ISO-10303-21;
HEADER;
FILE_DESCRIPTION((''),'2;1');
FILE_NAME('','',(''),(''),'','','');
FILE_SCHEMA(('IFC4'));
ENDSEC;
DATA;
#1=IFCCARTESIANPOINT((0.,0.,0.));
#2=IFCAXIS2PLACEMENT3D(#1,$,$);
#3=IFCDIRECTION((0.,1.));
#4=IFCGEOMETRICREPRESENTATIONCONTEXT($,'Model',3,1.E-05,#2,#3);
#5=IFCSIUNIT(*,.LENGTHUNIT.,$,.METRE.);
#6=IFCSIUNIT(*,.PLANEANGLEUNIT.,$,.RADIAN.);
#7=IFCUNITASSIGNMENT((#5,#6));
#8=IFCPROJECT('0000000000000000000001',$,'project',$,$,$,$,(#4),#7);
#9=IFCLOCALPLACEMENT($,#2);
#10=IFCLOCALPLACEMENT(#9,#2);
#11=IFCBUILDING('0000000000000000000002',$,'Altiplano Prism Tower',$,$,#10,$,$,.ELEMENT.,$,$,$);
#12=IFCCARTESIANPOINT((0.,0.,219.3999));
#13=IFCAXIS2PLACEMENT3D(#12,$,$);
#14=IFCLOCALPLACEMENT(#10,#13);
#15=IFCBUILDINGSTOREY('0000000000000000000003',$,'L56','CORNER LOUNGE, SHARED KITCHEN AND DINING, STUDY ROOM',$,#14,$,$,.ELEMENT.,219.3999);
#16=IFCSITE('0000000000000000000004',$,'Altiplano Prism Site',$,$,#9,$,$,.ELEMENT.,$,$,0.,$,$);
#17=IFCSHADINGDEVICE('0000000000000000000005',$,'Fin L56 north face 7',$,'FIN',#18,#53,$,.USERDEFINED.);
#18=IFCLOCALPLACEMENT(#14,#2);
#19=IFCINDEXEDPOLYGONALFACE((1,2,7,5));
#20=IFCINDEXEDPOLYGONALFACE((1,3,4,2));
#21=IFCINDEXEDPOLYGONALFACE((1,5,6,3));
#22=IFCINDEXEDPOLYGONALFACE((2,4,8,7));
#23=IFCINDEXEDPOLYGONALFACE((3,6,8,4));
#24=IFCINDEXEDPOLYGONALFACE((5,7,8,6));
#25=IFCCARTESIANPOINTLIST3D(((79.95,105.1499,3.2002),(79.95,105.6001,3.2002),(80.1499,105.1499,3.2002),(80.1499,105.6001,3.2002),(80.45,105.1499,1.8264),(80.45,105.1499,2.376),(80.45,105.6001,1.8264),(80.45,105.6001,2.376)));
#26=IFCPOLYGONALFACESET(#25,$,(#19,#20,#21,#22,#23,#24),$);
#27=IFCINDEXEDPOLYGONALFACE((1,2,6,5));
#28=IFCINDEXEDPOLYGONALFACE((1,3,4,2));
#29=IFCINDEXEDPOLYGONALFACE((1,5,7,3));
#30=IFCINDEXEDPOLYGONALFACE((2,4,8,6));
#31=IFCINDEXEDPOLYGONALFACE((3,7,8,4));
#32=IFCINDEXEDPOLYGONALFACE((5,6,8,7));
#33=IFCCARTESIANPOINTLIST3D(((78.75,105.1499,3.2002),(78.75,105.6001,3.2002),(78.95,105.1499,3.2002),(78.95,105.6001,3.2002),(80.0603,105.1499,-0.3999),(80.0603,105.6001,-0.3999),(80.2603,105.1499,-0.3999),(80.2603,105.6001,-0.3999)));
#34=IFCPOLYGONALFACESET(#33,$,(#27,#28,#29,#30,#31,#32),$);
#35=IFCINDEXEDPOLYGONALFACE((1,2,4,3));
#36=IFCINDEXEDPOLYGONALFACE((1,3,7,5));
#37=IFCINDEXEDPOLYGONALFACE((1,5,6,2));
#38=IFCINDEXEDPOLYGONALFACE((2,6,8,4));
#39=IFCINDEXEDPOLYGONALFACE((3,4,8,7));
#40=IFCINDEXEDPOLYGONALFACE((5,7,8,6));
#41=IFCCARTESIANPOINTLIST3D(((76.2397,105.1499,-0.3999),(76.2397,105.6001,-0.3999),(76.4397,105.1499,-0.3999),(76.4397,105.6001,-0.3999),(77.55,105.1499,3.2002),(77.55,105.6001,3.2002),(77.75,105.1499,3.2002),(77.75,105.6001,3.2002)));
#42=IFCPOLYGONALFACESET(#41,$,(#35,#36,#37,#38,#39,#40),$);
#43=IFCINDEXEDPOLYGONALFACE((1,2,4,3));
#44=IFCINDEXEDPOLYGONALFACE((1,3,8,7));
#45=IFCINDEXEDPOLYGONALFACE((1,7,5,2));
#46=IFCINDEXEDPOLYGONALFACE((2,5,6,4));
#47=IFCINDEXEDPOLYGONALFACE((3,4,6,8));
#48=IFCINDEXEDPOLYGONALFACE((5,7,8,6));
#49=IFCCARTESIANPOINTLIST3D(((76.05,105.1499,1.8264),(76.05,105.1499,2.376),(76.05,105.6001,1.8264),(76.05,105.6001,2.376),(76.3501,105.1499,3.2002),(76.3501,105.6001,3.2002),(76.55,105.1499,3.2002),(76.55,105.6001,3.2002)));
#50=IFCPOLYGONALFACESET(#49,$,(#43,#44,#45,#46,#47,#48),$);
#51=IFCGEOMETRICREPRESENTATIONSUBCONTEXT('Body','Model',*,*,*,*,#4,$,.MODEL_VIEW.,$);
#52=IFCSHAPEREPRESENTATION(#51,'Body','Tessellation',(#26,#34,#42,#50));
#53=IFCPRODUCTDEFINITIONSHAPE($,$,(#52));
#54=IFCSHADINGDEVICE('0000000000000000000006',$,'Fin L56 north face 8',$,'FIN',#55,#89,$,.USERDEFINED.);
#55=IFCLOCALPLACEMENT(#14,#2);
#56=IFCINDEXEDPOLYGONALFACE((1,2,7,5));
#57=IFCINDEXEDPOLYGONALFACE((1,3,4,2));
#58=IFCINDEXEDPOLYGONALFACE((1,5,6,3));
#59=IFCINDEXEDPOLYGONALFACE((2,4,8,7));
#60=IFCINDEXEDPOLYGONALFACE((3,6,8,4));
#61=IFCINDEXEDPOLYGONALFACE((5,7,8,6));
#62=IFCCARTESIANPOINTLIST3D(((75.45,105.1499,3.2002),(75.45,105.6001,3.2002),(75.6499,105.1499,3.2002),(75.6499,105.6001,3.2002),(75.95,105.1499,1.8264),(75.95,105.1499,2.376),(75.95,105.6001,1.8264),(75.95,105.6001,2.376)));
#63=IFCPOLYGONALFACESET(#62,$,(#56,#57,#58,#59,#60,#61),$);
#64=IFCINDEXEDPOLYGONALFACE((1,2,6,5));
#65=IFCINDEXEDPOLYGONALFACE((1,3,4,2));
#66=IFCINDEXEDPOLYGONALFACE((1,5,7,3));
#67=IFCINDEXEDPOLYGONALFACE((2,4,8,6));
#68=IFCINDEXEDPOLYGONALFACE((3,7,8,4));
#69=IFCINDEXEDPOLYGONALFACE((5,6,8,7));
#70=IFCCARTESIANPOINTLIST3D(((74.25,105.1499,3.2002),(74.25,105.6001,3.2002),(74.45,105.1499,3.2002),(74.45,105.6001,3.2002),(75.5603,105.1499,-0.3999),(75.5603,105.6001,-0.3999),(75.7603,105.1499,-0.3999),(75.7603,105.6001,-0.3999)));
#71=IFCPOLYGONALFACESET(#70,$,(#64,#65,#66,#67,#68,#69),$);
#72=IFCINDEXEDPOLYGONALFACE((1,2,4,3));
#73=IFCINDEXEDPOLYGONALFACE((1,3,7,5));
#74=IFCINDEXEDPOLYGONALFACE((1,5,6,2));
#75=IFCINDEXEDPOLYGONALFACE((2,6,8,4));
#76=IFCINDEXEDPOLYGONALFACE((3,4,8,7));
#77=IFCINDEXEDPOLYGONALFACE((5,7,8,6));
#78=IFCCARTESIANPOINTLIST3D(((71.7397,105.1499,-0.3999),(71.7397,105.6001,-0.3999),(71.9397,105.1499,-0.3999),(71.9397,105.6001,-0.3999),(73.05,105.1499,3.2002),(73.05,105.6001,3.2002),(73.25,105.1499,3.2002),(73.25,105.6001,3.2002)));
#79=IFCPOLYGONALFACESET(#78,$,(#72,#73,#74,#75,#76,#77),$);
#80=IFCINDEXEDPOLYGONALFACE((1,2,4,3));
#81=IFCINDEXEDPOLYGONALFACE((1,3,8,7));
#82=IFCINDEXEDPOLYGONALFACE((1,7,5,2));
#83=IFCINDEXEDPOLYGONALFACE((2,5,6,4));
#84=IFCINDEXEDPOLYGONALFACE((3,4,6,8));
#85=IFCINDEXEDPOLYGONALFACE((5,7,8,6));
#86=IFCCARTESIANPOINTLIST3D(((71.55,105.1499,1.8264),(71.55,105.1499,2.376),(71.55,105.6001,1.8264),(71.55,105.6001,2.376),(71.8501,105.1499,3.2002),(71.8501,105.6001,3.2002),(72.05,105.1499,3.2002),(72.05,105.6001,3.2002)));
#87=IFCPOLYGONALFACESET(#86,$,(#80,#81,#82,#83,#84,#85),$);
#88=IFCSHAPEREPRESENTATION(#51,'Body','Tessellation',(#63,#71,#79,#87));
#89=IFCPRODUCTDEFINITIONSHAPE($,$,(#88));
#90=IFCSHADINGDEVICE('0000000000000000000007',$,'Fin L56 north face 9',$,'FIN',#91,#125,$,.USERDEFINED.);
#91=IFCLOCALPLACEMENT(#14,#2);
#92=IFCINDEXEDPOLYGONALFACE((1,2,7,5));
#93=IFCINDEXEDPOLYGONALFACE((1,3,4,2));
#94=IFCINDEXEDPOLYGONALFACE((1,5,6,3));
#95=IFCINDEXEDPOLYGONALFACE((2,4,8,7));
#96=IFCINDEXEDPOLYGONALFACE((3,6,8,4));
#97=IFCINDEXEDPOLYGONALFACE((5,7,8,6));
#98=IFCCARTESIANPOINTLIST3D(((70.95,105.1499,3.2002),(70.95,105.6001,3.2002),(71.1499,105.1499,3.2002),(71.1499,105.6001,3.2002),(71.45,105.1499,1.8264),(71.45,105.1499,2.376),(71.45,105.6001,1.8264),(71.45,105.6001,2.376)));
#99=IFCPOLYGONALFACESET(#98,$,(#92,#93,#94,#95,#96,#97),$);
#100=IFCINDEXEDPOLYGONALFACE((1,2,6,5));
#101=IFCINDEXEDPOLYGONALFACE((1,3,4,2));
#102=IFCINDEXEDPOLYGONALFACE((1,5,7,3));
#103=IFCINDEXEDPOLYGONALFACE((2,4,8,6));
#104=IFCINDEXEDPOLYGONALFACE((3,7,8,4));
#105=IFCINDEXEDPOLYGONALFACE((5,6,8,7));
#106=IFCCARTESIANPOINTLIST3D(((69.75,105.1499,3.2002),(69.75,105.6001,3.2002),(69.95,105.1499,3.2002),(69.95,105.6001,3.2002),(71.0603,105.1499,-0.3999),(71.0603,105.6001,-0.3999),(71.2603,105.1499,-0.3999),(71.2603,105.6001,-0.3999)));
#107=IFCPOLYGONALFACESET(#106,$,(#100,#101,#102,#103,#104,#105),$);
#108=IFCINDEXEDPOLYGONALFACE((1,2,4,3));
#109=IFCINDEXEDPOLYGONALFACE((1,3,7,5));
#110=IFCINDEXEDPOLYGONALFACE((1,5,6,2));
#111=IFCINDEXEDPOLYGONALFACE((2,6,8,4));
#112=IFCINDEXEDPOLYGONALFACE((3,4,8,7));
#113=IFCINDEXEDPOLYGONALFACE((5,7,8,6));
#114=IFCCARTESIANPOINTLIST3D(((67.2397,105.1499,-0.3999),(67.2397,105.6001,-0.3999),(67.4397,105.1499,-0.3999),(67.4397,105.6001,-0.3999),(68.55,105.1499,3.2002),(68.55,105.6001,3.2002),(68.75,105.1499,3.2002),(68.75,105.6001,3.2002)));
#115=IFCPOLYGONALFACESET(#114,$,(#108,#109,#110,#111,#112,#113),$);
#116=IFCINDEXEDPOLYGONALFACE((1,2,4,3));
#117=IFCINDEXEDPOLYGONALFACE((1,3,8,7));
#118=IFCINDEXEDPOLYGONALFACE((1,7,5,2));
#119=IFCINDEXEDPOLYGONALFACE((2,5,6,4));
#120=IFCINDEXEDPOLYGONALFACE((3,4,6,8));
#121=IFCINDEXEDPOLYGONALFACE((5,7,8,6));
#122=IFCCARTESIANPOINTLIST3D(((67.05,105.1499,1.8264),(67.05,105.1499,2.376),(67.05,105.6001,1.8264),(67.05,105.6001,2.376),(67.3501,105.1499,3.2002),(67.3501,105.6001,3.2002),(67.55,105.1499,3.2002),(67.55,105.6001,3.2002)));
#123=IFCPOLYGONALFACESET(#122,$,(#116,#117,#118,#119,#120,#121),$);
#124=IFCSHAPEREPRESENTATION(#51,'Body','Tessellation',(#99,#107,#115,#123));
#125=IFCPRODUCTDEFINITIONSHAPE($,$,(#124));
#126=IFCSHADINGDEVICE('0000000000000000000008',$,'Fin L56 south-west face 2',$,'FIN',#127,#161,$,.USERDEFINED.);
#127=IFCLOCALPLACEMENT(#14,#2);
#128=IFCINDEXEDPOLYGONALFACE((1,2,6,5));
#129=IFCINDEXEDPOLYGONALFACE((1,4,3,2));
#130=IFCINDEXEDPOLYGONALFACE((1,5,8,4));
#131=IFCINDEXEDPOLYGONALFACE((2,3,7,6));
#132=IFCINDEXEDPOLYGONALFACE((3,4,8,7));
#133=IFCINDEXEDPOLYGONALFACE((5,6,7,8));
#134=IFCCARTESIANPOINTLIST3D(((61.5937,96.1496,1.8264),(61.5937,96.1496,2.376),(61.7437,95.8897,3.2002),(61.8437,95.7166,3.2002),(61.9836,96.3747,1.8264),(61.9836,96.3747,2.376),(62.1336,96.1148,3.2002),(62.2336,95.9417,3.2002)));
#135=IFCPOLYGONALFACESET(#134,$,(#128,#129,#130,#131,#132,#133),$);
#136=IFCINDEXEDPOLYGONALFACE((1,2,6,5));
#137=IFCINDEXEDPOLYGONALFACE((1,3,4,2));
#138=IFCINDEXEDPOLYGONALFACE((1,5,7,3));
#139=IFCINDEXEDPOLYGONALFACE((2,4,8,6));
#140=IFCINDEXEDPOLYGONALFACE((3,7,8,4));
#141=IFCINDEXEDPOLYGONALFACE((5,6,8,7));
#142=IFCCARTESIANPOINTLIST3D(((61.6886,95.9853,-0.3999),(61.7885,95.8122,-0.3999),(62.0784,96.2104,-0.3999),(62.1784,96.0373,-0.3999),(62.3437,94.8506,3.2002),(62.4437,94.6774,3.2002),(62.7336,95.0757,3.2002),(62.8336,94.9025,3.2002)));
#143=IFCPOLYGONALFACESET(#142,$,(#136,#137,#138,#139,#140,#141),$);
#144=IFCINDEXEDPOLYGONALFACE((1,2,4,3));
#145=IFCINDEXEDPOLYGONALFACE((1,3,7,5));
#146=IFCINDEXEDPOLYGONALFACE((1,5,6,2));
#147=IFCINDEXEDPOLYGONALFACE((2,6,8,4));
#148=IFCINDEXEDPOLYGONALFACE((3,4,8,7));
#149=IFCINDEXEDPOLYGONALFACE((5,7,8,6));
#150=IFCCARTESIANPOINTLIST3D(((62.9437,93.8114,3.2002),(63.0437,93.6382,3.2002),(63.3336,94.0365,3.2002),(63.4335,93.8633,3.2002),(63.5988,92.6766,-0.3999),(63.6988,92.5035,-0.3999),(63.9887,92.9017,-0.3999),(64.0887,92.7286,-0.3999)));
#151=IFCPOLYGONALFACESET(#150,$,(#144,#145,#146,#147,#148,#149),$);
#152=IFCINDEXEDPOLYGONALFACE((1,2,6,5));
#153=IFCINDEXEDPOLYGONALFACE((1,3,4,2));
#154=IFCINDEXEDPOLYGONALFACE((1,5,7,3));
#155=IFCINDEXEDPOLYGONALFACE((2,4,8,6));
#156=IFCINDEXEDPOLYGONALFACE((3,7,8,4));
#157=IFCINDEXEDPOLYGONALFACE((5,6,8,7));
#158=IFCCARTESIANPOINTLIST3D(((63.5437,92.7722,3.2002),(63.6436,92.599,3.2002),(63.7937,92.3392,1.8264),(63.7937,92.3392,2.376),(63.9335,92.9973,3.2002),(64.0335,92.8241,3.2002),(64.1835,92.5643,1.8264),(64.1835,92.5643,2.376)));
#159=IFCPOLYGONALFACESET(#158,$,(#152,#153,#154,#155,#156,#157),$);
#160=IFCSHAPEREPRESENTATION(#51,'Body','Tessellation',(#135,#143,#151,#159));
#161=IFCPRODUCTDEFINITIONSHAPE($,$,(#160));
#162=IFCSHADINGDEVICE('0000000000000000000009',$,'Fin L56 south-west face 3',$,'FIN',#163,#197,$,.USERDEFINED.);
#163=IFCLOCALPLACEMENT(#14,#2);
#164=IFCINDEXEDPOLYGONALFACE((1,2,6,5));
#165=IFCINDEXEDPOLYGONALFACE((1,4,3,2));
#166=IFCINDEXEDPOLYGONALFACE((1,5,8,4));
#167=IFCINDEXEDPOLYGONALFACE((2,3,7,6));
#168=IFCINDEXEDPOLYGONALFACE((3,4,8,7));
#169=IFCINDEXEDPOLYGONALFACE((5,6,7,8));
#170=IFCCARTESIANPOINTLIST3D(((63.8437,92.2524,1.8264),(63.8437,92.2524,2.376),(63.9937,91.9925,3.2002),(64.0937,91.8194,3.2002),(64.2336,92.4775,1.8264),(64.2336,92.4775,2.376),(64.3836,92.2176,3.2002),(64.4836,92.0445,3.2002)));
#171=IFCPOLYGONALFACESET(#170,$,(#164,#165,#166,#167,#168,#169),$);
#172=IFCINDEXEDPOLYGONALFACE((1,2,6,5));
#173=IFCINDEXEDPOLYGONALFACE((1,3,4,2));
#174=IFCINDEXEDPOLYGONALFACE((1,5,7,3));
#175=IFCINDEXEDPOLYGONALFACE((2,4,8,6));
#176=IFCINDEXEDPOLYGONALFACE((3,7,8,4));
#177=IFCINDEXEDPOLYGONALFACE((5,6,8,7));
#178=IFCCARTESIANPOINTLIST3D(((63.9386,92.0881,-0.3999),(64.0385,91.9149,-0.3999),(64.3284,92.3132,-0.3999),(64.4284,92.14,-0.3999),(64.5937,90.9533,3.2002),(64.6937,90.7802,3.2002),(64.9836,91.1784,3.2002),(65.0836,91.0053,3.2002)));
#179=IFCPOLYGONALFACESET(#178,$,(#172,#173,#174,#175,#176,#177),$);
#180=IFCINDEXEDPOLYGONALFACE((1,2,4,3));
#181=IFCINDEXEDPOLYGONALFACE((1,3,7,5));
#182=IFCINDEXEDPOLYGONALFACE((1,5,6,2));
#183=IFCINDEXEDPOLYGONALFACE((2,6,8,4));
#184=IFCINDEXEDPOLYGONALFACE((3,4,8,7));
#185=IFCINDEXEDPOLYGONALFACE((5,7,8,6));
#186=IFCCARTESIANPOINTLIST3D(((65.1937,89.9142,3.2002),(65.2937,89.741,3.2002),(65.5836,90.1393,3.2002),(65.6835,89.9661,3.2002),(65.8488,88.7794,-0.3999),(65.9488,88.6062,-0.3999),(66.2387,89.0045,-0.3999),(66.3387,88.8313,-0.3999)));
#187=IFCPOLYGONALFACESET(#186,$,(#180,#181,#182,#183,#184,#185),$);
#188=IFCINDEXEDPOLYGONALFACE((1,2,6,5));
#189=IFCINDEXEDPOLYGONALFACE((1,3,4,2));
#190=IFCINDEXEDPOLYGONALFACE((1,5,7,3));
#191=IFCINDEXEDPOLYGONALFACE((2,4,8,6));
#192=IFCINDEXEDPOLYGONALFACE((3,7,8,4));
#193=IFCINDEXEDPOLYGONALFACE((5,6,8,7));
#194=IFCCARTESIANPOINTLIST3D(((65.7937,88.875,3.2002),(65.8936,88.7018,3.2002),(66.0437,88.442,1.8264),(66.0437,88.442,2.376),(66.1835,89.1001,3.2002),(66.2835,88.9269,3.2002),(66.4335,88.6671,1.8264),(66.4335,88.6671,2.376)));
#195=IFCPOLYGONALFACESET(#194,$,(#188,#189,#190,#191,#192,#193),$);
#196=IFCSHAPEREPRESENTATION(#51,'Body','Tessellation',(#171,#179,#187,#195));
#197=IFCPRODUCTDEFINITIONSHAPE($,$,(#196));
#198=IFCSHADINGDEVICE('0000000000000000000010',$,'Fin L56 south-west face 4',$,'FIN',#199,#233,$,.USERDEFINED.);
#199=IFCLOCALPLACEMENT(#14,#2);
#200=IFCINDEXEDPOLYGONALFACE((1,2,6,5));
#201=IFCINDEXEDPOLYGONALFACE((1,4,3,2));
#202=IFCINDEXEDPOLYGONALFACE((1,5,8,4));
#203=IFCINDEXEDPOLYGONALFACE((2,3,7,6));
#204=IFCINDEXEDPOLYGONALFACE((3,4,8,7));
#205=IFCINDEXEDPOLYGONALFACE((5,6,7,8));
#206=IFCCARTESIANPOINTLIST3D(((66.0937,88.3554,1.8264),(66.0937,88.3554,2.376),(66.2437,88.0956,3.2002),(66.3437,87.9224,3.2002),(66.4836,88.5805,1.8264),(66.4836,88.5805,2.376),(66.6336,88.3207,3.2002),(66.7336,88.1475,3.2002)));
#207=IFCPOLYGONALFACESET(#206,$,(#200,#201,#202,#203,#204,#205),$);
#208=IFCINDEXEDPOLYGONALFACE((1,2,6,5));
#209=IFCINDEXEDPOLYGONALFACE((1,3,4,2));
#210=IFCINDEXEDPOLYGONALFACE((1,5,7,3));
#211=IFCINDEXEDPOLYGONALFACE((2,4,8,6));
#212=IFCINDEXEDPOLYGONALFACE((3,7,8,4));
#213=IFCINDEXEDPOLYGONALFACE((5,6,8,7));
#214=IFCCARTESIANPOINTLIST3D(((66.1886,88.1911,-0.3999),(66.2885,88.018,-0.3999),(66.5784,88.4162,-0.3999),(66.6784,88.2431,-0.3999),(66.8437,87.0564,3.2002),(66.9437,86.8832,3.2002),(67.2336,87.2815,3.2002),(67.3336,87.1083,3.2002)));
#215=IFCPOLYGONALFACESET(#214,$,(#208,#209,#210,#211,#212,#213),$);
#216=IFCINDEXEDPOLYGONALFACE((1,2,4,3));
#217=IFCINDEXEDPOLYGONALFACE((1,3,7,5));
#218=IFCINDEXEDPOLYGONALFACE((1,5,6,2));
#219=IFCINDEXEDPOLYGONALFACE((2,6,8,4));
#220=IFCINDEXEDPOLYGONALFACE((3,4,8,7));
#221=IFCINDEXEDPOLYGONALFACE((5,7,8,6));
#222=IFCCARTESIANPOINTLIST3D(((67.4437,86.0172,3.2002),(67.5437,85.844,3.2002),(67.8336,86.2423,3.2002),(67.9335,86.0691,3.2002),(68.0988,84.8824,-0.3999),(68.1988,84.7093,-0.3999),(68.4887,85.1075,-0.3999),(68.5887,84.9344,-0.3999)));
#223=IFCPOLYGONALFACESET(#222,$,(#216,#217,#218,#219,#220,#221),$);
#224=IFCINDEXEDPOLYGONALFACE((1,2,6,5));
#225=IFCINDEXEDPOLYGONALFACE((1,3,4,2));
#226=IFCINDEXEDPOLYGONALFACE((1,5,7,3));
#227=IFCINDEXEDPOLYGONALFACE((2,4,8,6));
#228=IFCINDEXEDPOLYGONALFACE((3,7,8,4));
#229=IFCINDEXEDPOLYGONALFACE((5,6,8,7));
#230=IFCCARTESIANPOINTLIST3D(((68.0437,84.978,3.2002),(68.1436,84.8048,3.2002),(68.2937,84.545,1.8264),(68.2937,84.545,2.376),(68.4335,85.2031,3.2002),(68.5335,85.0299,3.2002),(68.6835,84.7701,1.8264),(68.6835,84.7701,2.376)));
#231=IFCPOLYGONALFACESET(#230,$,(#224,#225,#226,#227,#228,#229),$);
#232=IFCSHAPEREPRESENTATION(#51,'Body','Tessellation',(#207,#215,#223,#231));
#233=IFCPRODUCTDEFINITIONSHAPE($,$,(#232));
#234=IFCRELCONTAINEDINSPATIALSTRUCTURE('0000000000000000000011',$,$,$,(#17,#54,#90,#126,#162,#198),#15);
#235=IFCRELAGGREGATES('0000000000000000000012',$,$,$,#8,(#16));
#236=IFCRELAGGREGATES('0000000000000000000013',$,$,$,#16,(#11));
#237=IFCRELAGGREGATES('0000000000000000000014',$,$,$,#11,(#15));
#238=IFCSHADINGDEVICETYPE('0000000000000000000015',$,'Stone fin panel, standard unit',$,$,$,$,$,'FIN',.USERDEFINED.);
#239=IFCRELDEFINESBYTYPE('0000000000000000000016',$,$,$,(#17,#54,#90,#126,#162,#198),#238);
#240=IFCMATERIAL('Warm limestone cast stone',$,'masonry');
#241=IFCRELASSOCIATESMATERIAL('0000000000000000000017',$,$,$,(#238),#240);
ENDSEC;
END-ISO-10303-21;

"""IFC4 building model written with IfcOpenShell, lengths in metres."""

from ifc_helpers import new_model, si_unit, direction, frame, origin, place, context, subcontext, project, spatial, polyline, outline, extrude, source, transform, mapped, material, type_object, element, save


model = new_model("IFC4")

# Units and contexts
model_context = context("Model", 3, precision=1e-05, world=origin(), true_north=direction((0.0, 1.0)))
body_context = subcontext(model_context, "Body", "Model", "MODEL_VIEW")
ifc_project = project(units=[si_unit("LENGTHUNIT", "METRE"), si_unit("PLANEANGLEUNIT", "RADIAN")], contexts=[model_context])

# Site, building, storey
site_placement = place(None, origin())
site = spatial("IfcSite", under=ifc_project, at=site_placement, Name="Altiplano Prism Site", CompositionType="ELEMENT", RefElevation=0.0)
building_placement = place(site_placement, origin())
building = spatial("IfcBuilding", under=site, at=building_placement, Name="Altiplano Prism Tower", CompositionType="ELEMENT")
storey_placement = place(building_placement, frame((0.0, 0.0, 219.3999)))
storey = spatial("IfcBuildingStorey", under=building, at=storey_placement, Name="L56", Description="CORNER LOUNGE, SHARED KITCHEN AND DINING, STUDY ROOM", CompositionType="ELEMENT", Elevation=219.3999)

# Shading devices
ifc_material_1 = material(Name="Warm limestone cast stone", Category="masonry")
shading_device_type_1 = type_object("IfcShadingDeviceType", Name="Stone fin panel, standard unit", ElementType="FIN", PredefinedType="USERDEFINED", material=ifc_material_1)
shared_shape_1 = source(origin(), body_context, "Body", "SweptSolid", [
    extrude(outline(polyline([(-2.2, 2.2263), (-1.7, 3.6001), (-1.8999, 3.6001), (-2.2, 2.7759), (-2.2, 2.2263)])), frame((0.0, -0.1499, 0.0), z_axis=(0.0, -1.0, 0.0), x_axis=(1.0, 0.0, 0.0)), (0.0, 0.0, 1.0), 0.4502),
    extrude(outline(polyline([(-2.0103, 0.0), (-1.8103, 0.0), (-0.5, 3.6001), (-0.7, 3.6001), (-2.0103, 0.0)])), frame((0.0, -0.1499, 0.0), z_axis=(0.0, -1.0, 0.0), x_axis=(1.0, 0.0, 0.0)), (0.0, 0.0, 1.0), 0.4502),
    extrude(outline(polyline([(1.8103, 0.0), (2.0103, 0.0), (0.7, 3.6001), (0.5, 3.6001), (1.8103, 0.0)])), frame((0.0, -0.1499, 0.0), z_axis=(0.0, -1.0, 0.0), x_axis=(1.0, 0.0, 0.0)), (0.0, 0.0, 1.0), 0.4502),
    extrude(outline(polyline([(2.2, 2.7759), (1.8999, 3.6001), (1.7, 3.6001), (2.2, 2.2263), (2.2, 2.7759)])), frame((0.0, -0.1499, 0.0), z_axis=(0.0, -1.0, 0.0), x_axis=(1.0, 0.0, 0.0)), (0.0, 0.0, 1.0), 0.4502),
])
shading_device_1_placement = place(storey_placement, origin())
element("IfcShadingDevice", 1, at=shading_device_1_placement, inside=storey, type_object=shading_device_type_1, Name="Fin L56 north face 7", ObjectType="FIN", PredefinedType="USERDEFINED", context=body_context, shape_type="MappedRepresentation", body=[
    mapped(shared_shape_1, transform((78.25, 105.0, -0.3999), x_axis=(-1.0, 0.0, 0.0), y_axis=(0.0, -1.0, 0.0), z_axis=(0.0, 0.0, 1.0))),
])
shading_device_2_placement = place(storey_placement, origin())
element("IfcShadingDevice", 2, at=shading_device_2_placement, inside=storey, type_object=shading_device_type_1, Name="Fin L56 north face 8", ObjectType="FIN", PredefinedType="USERDEFINED", context=body_context, shape_type="MappedRepresentation", body=[
    mapped(shared_shape_1, transform((73.75, 105.0, -0.3999), x_axis=(-1.0, 0.0, 0.0), y_axis=(0.0, -1.0, 0.0), z_axis=(0.0, 0.0, 1.0))),
])
shading_device_3_placement = place(storey_placement, origin())
element("IfcShadingDevice", 3, at=shading_device_3_placement, inside=storey, type_object=shading_device_type_1, Name="Fin L56 north face 9", ObjectType="FIN", PredefinedType="USERDEFINED", context=body_context, shape_type="MappedRepresentation", body=[
    mapped(shared_shape_1, transform((69.25, 105.0, -0.3999), x_axis=(-1.0, 0.0, 0.0), y_axis=(0.0, -1.0, 0.0), z_axis=(0.0, 0.0, 1.0))),
])
shading_device_4_placement = place(storey_placement, origin())
element("IfcShadingDevice", 4, at=shading_device_4_placement, inside=storey, type_object=shading_device_type_1, Name="Fin L56 south-west face 2", ObjectType="FIN", PredefinedType="USERDEFINED", context=body_context, shape_type="MappedRepresentation", body=[
    mapped(shared_shape_1, transform((63.2134, 94.5444, -0.3999), x_axis=(0.5, -0.866025, 0.0), y_axis=(0.866025, 0.5, 0.0), z_axis=(0.0, 0.0, 1.0))),
])
shading_device_5_placement = place(storey_placement, origin())
element("IfcShadingDevice", 5, at=shading_device_5_placement, inside=storey, type_object=shading_device_type_1, Name="Fin L56 south-west face 3", ObjectType="FIN", PredefinedType="USERDEFINED", context=body_context, shape_type="MappedRepresentation", body=[
    mapped(shared_shape_1, transform((65.4634, 90.6472, -0.3999), x_axis=(0.5, -0.866025, 0.0), y_axis=(0.866025, 0.5, 0.0), z_axis=(0.0, 0.0, 1.0))),
])
shading_device_6_placement = place(storey_placement, origin())
element("IfcShadingDevice", 6, at=shading_device_6_placement, inside=storey, type_object=shading_device_type_1, Name="Fin L56 south-west face 4", ObjectType="FIN", PredefinedType="USERDEFINED", context=body_context, shape_type="MappedRepresentation", body=[
    mapped(shared_shape_1, transform((67.7134, 86.7502, -0.3999), x_axis=(0.5, -0.866025, 0.0), y_axis=(0.866025, 0.5, 0.0), z_axis=(0.0, 0.0, 1.0))),
])

save(model, "model.ifc")
